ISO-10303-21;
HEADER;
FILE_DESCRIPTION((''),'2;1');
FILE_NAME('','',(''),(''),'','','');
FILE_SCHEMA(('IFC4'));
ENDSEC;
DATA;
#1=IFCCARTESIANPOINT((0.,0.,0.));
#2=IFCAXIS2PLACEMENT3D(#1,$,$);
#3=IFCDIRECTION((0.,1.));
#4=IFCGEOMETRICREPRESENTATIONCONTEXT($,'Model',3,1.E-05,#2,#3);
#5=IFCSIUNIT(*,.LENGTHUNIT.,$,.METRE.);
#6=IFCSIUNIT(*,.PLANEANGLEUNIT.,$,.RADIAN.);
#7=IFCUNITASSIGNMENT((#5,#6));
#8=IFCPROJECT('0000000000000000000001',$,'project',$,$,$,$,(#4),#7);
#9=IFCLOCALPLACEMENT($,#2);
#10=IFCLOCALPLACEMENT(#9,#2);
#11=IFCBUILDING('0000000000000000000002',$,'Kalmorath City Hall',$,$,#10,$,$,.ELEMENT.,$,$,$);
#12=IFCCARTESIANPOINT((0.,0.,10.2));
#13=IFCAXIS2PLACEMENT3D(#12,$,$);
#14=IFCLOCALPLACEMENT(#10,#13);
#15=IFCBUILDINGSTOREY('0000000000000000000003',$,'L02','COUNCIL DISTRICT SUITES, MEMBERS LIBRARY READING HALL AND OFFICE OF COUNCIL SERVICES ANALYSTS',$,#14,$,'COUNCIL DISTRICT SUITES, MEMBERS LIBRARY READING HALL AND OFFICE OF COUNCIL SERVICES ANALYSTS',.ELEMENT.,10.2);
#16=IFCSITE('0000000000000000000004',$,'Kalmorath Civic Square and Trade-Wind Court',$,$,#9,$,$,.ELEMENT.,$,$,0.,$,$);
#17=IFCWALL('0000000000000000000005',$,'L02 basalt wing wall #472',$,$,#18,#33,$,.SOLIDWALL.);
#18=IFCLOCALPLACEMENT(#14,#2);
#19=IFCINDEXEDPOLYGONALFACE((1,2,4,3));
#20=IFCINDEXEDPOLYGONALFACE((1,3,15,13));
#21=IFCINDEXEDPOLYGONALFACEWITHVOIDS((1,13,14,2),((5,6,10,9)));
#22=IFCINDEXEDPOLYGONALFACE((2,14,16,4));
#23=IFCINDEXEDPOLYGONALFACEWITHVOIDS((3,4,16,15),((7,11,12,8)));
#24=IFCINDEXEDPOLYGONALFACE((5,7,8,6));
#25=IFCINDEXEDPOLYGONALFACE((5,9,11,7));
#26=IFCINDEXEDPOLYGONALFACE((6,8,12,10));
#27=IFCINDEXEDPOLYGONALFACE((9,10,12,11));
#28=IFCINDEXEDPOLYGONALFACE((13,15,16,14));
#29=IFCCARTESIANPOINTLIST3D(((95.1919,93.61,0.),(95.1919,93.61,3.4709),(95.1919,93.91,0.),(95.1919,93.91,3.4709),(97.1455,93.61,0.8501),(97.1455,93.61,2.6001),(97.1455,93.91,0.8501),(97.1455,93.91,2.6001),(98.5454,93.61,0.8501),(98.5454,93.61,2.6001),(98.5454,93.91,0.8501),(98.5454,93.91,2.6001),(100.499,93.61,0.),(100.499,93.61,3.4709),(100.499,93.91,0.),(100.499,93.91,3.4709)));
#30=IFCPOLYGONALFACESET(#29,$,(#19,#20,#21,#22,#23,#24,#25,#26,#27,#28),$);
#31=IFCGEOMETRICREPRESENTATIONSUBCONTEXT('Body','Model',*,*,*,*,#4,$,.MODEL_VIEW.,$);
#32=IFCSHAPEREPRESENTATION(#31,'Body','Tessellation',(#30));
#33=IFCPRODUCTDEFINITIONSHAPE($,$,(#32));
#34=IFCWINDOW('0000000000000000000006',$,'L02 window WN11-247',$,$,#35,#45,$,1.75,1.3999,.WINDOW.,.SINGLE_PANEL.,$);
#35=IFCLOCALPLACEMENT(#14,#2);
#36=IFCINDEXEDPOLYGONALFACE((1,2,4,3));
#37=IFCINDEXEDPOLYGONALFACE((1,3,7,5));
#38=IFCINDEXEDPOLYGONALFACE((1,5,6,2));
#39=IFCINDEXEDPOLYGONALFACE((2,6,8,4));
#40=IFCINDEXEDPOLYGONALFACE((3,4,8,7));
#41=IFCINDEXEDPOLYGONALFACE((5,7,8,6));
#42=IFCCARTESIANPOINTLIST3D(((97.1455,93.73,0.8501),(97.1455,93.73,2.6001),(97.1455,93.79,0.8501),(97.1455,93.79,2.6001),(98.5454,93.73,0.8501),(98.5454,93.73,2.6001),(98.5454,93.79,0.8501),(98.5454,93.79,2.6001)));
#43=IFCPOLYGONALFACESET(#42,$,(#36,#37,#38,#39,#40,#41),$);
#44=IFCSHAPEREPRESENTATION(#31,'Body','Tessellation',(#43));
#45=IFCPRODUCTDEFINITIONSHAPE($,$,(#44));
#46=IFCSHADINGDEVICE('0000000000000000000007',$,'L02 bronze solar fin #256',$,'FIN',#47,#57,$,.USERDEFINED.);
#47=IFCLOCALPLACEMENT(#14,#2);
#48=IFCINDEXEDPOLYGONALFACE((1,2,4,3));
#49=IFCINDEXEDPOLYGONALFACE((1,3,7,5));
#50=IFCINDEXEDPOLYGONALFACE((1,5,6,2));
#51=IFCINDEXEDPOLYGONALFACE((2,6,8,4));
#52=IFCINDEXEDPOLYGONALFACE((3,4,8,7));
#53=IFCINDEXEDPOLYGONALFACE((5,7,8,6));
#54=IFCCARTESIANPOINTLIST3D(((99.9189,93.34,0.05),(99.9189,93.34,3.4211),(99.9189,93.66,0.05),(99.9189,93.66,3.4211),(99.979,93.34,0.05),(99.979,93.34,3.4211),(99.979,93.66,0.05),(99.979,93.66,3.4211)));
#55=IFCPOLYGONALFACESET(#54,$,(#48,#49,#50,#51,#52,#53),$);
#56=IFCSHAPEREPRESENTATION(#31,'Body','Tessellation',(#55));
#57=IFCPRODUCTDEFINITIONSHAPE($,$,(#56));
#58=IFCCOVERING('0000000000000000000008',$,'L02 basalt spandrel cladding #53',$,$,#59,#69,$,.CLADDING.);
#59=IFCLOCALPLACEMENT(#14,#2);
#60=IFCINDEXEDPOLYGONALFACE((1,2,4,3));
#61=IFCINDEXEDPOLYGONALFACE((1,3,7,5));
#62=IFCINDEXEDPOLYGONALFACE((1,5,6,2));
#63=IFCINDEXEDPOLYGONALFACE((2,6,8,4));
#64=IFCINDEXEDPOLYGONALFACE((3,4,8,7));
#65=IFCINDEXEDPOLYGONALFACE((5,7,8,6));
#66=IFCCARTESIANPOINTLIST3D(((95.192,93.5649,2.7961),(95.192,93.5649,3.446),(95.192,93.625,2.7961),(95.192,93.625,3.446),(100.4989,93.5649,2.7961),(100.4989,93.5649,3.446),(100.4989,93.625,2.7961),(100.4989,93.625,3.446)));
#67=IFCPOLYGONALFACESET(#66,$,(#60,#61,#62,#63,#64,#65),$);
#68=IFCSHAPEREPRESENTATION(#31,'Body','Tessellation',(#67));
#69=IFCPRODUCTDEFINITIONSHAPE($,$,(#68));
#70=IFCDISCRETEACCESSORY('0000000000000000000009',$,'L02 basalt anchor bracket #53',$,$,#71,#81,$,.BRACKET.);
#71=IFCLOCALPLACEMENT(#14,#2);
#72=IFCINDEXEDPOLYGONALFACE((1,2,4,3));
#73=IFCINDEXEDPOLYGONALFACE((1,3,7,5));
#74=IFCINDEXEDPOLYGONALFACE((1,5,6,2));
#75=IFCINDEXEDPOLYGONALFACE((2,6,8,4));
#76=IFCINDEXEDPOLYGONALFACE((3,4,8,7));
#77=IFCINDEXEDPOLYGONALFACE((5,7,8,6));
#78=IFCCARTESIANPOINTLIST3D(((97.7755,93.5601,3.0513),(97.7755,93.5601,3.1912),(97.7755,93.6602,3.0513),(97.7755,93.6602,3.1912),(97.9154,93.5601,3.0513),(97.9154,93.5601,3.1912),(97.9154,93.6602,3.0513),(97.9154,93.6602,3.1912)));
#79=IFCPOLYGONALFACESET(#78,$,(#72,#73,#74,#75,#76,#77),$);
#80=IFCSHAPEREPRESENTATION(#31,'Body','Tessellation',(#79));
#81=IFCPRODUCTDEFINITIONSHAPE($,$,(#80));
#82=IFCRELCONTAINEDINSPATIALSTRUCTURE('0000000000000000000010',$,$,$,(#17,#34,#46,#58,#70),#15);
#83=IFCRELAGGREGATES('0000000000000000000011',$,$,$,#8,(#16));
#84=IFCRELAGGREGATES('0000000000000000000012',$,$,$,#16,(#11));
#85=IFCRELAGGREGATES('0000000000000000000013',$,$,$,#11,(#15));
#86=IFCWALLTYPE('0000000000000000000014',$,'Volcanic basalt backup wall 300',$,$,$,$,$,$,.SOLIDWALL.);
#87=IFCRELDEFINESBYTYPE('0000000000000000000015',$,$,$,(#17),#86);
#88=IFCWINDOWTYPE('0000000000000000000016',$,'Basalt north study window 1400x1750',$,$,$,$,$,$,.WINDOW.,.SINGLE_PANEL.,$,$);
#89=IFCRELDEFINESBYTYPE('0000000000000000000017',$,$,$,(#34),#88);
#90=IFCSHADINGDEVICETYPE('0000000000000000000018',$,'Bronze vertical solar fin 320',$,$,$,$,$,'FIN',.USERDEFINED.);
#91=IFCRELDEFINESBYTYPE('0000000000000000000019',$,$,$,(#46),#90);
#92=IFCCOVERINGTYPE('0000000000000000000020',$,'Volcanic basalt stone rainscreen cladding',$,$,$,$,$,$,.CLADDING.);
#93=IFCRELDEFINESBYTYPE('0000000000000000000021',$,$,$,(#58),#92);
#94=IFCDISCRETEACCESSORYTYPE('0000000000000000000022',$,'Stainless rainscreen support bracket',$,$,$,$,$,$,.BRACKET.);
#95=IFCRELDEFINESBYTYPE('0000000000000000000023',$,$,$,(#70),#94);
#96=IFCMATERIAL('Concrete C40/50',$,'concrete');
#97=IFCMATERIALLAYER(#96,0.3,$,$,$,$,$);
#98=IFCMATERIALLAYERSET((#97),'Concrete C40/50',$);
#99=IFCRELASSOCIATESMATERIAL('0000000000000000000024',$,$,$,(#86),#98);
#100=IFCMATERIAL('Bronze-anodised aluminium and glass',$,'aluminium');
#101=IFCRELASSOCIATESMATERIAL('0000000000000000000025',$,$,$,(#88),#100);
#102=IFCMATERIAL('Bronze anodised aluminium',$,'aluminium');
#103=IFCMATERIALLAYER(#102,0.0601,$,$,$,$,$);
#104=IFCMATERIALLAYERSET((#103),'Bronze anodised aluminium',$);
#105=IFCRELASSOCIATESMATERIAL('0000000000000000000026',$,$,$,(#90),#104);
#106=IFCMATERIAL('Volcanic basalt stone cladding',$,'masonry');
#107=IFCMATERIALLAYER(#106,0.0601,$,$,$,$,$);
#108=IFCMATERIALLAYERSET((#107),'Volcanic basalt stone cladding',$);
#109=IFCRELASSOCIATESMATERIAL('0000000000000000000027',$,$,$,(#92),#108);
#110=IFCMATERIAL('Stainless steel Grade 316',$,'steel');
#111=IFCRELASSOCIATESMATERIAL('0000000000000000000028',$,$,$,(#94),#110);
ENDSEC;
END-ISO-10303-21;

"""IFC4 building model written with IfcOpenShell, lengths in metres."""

from ifc_helpers import new_model, si_unit, direction, frame, frame_2d, origin, origin_2d, place, context, subcontext, project, spatial, rectangle, extrude, material, layer, layer_set, type_object, element, fill, save


model = new_model("IFC4")

# Units and contexts
model_context = context("Model", 3, precision=1e-05, world=origin(), true_north=direction((0.0, 1.0)))
body_context = subcontext(model_context, "Body", "Model", "MODEL_VIEW")
ifc_project = project(units=[si_unit("LENGTHUNIT", "METRE"), si_unit("PLANEANGLEUNIT", "RADIAN")], contexts=[model_context])

# Site, building, storey
site_placement = place(None, origin())
site = spatial("IfcSite", under=ifc_project, at=site_placement, Name="Kalmorath Civic Square and Trade-Wind Court", CompositionType="ELEMENT", RefElevation=0.0)
building_placement = place(site_placement, origin())
building = spatial("IfcBuilding", under=site, at=building_placement, Name="Kalmorath City Hall", CompositionType="ELEMENT")
storey_placement = place(building_placement, frame((0.0, 0.0, 10.2)))
storey = spatial("IfcBuildingStorey", under=building, at=storey_placement, Name="L02", Description="COUNCIL DISTRICT SUITES, MEMBERS LIBRARY READING HALL AND OFFICE OF COUNCIL SERVICES ANALYSTS", LongName="COUNCIL DISTRICT SUITES, MEMBERS LIBRARY READING HALL AND OFFICE OF COUNCIL SERVICES ANALYSTS", CompositionType="ELEMENT", Elevation=10.2)

# Wall, opening, window
ifc_material_1 = material(Name="Concrete C40/50", Category="concrete")
ifc_layer_1 = layer(ifc_material_1, 0.3)
ifc_layer_set_1 = layer_set([ifc_layer_1], Name="Concrete C40/50")
wall_type_1 = type_object("IfcWallType", Name="Volcanic basalt backup wall 300", PredefinedType="SOLIDWALL", material=ifc_layer_set_1)
wall_1_placement = place(storey_placement, frame((100.499, 93.76, 0.0), z_axis=(0.0, 0.0, 1.0), x_axis=(-1.0, 0.0, 0.0)))
wall_1 = element("IfcWall", 1, at=wall_1_placement, inside=storey, type_object=wall_type_1, Name="L02 basalt wing wall #472", PredefinedType="SOLIDWALL", context=body_context, shape_type="SweptSolid", body=[
    extrude(rectangle(XDim=5.3071, YDim=0.3, at=frame_2d((2.6536, 0.0))), origin(), (0.0, 0.0, 1.0), 3.4709),
])
opening_1_placement = place(wall_1_placement, frame((1.9536, 0.0, 0.8501)))
opening_1 = element("IfcOpeningElement", 2, at=opening_1_placement, cuts=wall_1, PredefinedType="OPENING", context=body_context, shape_type="SweptSolid", body=[
    extrude(rectangle(XDim=1.3999, YDim=1.75, at=frame_2d((0.7, 0.875))), frame((0.0, 0.1599, 0.0), z_axis=(0.0, -1.0, 0.0), x_axis=(1.0, 0.0, 0.0)), (0.0, 0.0, 1.0), 0.3201),
])
ifc_material_2 = material(Name="Bronze-anodised aluminium and glass", Category="aluminium")
window_type = type_object("IfcWindowType", Name="Basalt north study window 1400x1750", PartitioningType="SINGLE_PANEL", PredefinedType="WINDOW", material=ifc_material_2)
window_placement = place(opening_1_placement, origin())
window = element("IfcWindow", 3, at=window_placement, inside=storey, type_object=window_type, Name="L02 window WN11-247", OverallHeight=1.75, OverallWidth=1.3999, PartitioningType="SINGLE_PANEL", PredefinedType="WINDOW", context=body_context, shape_type="SweptSolid", body=[
    extrude(rectangle(XDim=1.3999, YDim=1.75, at=frame_2d((0.7, 0.875))), frame((0.0, 0.03, 0.0), z_axis=(0.0, -1.0, 0.0), x_axis=(1.0, 0.0, 0.0)), (0.0, 0.0, 1.0), 0.0601),
])
fill(opening_1, window)

# Shading device
ifc_material_3 = material(Name="Bronze anodised aluminium", Category="aluminium")
ifc_layer_2 = layer(ifc_material_3, 0.0601)
ifc_layer_set_2 = layer_set([ifc_layer_2], Name="Bronze anodised aluminium")
shading_device_type = type_object("IfcShadingDeviceType", Name="Bronze vertical solar fin 320", ElementType="FIN", PredefinedType="USERDEFINED", material=ifc_layer_set_2)
shading_device_placement = place(storey_placement, frame((99.949, 93.5, 0.05), z_axis=(0.0, 0.0, 1.0), x_axis=(-1.0, 0.0, 0.0)))
element("IfcShadingDevice", 4, at=shading_device_placement, inside=storey, type_object=shading_device_type, Name="L02 bronze solar fin #256", ObjectType="FIN", PredefinedType="USERDEFINED", context=body_context, shape_type="SweptSolid", body=[
    extrude(rectangle(XDim=0.0601, YDim=0.3201, at=origin_2d()), origin(), (0.0, 0.0, 1.0), 3.3711),
])

# Covering
ifc_material_4 = material(Name="Volcanic basalt stone cladding", Category="masonry")
ifc_layer_3 = layer(ifc_material_4, 0.0601)
ifc_layer_set_3 = layer_set([ifc_layer_3], Name="Volcanic basalt stone cladding")
covering_type = type_object("IfcCoveringType", Name="Volcanic basalt stone rainscreen cladding", PredefinedType="CLADDING", material=ifc_layer_set_3)
covering_placement = place(storey_placement, frame((97.8455, 93.595, 2.7961), z_axis=(0.0, 0.0, 1.0), x_axis=(-1.0, 0.0, 0.0)))
element("IfcCovering", 5, at=covering_placement, inside=storey, type_object=covering_type, Name="L02 basalt spandrel cladding #53", PredefinedType="CLADDING", context=body_context, shape_type="SweptSolid", body=[
    extrude(rectangle(XDim=5.3069, YDim=0.0601, at=origin_2d()), origin(), (0.0, 0.0, 1.0), 0.6499),
])

# Discrete accessory
ifc_material_5 = material(Name="Stainless steel Grade 316", Category="steel")
discrete_accessory_type = type_object("IfcDiscreteAccessoryType", Name="Stainless rainscreen support bracket", PredefinedType="BRACKET", material=ifc_material_5)
discrete_accessory_placement = place(storey_placement, frame((97.8455, 93.6101, 3.0513), z_axis=(0.0, 0.0, 1.0), x_axis=(-1.0, 0.0, 0.0)))
element("IfcDiscreteAccessory", 6, at=discrete_accessory_placement, inside=storey, type_object=discrete_accessory_type, Name="L02 basalt anchor bracket #53", PredefinedType="BRACKET", context=body_context, shape_type="SweptSolid", body=[
    extrude(rectangle(XDim=0.1399, YDim=0.1001, at=origin_2d()), origin(), (0.0, 0.0, 1.0), 0.1399),
])

save(model, "model.ifc")
